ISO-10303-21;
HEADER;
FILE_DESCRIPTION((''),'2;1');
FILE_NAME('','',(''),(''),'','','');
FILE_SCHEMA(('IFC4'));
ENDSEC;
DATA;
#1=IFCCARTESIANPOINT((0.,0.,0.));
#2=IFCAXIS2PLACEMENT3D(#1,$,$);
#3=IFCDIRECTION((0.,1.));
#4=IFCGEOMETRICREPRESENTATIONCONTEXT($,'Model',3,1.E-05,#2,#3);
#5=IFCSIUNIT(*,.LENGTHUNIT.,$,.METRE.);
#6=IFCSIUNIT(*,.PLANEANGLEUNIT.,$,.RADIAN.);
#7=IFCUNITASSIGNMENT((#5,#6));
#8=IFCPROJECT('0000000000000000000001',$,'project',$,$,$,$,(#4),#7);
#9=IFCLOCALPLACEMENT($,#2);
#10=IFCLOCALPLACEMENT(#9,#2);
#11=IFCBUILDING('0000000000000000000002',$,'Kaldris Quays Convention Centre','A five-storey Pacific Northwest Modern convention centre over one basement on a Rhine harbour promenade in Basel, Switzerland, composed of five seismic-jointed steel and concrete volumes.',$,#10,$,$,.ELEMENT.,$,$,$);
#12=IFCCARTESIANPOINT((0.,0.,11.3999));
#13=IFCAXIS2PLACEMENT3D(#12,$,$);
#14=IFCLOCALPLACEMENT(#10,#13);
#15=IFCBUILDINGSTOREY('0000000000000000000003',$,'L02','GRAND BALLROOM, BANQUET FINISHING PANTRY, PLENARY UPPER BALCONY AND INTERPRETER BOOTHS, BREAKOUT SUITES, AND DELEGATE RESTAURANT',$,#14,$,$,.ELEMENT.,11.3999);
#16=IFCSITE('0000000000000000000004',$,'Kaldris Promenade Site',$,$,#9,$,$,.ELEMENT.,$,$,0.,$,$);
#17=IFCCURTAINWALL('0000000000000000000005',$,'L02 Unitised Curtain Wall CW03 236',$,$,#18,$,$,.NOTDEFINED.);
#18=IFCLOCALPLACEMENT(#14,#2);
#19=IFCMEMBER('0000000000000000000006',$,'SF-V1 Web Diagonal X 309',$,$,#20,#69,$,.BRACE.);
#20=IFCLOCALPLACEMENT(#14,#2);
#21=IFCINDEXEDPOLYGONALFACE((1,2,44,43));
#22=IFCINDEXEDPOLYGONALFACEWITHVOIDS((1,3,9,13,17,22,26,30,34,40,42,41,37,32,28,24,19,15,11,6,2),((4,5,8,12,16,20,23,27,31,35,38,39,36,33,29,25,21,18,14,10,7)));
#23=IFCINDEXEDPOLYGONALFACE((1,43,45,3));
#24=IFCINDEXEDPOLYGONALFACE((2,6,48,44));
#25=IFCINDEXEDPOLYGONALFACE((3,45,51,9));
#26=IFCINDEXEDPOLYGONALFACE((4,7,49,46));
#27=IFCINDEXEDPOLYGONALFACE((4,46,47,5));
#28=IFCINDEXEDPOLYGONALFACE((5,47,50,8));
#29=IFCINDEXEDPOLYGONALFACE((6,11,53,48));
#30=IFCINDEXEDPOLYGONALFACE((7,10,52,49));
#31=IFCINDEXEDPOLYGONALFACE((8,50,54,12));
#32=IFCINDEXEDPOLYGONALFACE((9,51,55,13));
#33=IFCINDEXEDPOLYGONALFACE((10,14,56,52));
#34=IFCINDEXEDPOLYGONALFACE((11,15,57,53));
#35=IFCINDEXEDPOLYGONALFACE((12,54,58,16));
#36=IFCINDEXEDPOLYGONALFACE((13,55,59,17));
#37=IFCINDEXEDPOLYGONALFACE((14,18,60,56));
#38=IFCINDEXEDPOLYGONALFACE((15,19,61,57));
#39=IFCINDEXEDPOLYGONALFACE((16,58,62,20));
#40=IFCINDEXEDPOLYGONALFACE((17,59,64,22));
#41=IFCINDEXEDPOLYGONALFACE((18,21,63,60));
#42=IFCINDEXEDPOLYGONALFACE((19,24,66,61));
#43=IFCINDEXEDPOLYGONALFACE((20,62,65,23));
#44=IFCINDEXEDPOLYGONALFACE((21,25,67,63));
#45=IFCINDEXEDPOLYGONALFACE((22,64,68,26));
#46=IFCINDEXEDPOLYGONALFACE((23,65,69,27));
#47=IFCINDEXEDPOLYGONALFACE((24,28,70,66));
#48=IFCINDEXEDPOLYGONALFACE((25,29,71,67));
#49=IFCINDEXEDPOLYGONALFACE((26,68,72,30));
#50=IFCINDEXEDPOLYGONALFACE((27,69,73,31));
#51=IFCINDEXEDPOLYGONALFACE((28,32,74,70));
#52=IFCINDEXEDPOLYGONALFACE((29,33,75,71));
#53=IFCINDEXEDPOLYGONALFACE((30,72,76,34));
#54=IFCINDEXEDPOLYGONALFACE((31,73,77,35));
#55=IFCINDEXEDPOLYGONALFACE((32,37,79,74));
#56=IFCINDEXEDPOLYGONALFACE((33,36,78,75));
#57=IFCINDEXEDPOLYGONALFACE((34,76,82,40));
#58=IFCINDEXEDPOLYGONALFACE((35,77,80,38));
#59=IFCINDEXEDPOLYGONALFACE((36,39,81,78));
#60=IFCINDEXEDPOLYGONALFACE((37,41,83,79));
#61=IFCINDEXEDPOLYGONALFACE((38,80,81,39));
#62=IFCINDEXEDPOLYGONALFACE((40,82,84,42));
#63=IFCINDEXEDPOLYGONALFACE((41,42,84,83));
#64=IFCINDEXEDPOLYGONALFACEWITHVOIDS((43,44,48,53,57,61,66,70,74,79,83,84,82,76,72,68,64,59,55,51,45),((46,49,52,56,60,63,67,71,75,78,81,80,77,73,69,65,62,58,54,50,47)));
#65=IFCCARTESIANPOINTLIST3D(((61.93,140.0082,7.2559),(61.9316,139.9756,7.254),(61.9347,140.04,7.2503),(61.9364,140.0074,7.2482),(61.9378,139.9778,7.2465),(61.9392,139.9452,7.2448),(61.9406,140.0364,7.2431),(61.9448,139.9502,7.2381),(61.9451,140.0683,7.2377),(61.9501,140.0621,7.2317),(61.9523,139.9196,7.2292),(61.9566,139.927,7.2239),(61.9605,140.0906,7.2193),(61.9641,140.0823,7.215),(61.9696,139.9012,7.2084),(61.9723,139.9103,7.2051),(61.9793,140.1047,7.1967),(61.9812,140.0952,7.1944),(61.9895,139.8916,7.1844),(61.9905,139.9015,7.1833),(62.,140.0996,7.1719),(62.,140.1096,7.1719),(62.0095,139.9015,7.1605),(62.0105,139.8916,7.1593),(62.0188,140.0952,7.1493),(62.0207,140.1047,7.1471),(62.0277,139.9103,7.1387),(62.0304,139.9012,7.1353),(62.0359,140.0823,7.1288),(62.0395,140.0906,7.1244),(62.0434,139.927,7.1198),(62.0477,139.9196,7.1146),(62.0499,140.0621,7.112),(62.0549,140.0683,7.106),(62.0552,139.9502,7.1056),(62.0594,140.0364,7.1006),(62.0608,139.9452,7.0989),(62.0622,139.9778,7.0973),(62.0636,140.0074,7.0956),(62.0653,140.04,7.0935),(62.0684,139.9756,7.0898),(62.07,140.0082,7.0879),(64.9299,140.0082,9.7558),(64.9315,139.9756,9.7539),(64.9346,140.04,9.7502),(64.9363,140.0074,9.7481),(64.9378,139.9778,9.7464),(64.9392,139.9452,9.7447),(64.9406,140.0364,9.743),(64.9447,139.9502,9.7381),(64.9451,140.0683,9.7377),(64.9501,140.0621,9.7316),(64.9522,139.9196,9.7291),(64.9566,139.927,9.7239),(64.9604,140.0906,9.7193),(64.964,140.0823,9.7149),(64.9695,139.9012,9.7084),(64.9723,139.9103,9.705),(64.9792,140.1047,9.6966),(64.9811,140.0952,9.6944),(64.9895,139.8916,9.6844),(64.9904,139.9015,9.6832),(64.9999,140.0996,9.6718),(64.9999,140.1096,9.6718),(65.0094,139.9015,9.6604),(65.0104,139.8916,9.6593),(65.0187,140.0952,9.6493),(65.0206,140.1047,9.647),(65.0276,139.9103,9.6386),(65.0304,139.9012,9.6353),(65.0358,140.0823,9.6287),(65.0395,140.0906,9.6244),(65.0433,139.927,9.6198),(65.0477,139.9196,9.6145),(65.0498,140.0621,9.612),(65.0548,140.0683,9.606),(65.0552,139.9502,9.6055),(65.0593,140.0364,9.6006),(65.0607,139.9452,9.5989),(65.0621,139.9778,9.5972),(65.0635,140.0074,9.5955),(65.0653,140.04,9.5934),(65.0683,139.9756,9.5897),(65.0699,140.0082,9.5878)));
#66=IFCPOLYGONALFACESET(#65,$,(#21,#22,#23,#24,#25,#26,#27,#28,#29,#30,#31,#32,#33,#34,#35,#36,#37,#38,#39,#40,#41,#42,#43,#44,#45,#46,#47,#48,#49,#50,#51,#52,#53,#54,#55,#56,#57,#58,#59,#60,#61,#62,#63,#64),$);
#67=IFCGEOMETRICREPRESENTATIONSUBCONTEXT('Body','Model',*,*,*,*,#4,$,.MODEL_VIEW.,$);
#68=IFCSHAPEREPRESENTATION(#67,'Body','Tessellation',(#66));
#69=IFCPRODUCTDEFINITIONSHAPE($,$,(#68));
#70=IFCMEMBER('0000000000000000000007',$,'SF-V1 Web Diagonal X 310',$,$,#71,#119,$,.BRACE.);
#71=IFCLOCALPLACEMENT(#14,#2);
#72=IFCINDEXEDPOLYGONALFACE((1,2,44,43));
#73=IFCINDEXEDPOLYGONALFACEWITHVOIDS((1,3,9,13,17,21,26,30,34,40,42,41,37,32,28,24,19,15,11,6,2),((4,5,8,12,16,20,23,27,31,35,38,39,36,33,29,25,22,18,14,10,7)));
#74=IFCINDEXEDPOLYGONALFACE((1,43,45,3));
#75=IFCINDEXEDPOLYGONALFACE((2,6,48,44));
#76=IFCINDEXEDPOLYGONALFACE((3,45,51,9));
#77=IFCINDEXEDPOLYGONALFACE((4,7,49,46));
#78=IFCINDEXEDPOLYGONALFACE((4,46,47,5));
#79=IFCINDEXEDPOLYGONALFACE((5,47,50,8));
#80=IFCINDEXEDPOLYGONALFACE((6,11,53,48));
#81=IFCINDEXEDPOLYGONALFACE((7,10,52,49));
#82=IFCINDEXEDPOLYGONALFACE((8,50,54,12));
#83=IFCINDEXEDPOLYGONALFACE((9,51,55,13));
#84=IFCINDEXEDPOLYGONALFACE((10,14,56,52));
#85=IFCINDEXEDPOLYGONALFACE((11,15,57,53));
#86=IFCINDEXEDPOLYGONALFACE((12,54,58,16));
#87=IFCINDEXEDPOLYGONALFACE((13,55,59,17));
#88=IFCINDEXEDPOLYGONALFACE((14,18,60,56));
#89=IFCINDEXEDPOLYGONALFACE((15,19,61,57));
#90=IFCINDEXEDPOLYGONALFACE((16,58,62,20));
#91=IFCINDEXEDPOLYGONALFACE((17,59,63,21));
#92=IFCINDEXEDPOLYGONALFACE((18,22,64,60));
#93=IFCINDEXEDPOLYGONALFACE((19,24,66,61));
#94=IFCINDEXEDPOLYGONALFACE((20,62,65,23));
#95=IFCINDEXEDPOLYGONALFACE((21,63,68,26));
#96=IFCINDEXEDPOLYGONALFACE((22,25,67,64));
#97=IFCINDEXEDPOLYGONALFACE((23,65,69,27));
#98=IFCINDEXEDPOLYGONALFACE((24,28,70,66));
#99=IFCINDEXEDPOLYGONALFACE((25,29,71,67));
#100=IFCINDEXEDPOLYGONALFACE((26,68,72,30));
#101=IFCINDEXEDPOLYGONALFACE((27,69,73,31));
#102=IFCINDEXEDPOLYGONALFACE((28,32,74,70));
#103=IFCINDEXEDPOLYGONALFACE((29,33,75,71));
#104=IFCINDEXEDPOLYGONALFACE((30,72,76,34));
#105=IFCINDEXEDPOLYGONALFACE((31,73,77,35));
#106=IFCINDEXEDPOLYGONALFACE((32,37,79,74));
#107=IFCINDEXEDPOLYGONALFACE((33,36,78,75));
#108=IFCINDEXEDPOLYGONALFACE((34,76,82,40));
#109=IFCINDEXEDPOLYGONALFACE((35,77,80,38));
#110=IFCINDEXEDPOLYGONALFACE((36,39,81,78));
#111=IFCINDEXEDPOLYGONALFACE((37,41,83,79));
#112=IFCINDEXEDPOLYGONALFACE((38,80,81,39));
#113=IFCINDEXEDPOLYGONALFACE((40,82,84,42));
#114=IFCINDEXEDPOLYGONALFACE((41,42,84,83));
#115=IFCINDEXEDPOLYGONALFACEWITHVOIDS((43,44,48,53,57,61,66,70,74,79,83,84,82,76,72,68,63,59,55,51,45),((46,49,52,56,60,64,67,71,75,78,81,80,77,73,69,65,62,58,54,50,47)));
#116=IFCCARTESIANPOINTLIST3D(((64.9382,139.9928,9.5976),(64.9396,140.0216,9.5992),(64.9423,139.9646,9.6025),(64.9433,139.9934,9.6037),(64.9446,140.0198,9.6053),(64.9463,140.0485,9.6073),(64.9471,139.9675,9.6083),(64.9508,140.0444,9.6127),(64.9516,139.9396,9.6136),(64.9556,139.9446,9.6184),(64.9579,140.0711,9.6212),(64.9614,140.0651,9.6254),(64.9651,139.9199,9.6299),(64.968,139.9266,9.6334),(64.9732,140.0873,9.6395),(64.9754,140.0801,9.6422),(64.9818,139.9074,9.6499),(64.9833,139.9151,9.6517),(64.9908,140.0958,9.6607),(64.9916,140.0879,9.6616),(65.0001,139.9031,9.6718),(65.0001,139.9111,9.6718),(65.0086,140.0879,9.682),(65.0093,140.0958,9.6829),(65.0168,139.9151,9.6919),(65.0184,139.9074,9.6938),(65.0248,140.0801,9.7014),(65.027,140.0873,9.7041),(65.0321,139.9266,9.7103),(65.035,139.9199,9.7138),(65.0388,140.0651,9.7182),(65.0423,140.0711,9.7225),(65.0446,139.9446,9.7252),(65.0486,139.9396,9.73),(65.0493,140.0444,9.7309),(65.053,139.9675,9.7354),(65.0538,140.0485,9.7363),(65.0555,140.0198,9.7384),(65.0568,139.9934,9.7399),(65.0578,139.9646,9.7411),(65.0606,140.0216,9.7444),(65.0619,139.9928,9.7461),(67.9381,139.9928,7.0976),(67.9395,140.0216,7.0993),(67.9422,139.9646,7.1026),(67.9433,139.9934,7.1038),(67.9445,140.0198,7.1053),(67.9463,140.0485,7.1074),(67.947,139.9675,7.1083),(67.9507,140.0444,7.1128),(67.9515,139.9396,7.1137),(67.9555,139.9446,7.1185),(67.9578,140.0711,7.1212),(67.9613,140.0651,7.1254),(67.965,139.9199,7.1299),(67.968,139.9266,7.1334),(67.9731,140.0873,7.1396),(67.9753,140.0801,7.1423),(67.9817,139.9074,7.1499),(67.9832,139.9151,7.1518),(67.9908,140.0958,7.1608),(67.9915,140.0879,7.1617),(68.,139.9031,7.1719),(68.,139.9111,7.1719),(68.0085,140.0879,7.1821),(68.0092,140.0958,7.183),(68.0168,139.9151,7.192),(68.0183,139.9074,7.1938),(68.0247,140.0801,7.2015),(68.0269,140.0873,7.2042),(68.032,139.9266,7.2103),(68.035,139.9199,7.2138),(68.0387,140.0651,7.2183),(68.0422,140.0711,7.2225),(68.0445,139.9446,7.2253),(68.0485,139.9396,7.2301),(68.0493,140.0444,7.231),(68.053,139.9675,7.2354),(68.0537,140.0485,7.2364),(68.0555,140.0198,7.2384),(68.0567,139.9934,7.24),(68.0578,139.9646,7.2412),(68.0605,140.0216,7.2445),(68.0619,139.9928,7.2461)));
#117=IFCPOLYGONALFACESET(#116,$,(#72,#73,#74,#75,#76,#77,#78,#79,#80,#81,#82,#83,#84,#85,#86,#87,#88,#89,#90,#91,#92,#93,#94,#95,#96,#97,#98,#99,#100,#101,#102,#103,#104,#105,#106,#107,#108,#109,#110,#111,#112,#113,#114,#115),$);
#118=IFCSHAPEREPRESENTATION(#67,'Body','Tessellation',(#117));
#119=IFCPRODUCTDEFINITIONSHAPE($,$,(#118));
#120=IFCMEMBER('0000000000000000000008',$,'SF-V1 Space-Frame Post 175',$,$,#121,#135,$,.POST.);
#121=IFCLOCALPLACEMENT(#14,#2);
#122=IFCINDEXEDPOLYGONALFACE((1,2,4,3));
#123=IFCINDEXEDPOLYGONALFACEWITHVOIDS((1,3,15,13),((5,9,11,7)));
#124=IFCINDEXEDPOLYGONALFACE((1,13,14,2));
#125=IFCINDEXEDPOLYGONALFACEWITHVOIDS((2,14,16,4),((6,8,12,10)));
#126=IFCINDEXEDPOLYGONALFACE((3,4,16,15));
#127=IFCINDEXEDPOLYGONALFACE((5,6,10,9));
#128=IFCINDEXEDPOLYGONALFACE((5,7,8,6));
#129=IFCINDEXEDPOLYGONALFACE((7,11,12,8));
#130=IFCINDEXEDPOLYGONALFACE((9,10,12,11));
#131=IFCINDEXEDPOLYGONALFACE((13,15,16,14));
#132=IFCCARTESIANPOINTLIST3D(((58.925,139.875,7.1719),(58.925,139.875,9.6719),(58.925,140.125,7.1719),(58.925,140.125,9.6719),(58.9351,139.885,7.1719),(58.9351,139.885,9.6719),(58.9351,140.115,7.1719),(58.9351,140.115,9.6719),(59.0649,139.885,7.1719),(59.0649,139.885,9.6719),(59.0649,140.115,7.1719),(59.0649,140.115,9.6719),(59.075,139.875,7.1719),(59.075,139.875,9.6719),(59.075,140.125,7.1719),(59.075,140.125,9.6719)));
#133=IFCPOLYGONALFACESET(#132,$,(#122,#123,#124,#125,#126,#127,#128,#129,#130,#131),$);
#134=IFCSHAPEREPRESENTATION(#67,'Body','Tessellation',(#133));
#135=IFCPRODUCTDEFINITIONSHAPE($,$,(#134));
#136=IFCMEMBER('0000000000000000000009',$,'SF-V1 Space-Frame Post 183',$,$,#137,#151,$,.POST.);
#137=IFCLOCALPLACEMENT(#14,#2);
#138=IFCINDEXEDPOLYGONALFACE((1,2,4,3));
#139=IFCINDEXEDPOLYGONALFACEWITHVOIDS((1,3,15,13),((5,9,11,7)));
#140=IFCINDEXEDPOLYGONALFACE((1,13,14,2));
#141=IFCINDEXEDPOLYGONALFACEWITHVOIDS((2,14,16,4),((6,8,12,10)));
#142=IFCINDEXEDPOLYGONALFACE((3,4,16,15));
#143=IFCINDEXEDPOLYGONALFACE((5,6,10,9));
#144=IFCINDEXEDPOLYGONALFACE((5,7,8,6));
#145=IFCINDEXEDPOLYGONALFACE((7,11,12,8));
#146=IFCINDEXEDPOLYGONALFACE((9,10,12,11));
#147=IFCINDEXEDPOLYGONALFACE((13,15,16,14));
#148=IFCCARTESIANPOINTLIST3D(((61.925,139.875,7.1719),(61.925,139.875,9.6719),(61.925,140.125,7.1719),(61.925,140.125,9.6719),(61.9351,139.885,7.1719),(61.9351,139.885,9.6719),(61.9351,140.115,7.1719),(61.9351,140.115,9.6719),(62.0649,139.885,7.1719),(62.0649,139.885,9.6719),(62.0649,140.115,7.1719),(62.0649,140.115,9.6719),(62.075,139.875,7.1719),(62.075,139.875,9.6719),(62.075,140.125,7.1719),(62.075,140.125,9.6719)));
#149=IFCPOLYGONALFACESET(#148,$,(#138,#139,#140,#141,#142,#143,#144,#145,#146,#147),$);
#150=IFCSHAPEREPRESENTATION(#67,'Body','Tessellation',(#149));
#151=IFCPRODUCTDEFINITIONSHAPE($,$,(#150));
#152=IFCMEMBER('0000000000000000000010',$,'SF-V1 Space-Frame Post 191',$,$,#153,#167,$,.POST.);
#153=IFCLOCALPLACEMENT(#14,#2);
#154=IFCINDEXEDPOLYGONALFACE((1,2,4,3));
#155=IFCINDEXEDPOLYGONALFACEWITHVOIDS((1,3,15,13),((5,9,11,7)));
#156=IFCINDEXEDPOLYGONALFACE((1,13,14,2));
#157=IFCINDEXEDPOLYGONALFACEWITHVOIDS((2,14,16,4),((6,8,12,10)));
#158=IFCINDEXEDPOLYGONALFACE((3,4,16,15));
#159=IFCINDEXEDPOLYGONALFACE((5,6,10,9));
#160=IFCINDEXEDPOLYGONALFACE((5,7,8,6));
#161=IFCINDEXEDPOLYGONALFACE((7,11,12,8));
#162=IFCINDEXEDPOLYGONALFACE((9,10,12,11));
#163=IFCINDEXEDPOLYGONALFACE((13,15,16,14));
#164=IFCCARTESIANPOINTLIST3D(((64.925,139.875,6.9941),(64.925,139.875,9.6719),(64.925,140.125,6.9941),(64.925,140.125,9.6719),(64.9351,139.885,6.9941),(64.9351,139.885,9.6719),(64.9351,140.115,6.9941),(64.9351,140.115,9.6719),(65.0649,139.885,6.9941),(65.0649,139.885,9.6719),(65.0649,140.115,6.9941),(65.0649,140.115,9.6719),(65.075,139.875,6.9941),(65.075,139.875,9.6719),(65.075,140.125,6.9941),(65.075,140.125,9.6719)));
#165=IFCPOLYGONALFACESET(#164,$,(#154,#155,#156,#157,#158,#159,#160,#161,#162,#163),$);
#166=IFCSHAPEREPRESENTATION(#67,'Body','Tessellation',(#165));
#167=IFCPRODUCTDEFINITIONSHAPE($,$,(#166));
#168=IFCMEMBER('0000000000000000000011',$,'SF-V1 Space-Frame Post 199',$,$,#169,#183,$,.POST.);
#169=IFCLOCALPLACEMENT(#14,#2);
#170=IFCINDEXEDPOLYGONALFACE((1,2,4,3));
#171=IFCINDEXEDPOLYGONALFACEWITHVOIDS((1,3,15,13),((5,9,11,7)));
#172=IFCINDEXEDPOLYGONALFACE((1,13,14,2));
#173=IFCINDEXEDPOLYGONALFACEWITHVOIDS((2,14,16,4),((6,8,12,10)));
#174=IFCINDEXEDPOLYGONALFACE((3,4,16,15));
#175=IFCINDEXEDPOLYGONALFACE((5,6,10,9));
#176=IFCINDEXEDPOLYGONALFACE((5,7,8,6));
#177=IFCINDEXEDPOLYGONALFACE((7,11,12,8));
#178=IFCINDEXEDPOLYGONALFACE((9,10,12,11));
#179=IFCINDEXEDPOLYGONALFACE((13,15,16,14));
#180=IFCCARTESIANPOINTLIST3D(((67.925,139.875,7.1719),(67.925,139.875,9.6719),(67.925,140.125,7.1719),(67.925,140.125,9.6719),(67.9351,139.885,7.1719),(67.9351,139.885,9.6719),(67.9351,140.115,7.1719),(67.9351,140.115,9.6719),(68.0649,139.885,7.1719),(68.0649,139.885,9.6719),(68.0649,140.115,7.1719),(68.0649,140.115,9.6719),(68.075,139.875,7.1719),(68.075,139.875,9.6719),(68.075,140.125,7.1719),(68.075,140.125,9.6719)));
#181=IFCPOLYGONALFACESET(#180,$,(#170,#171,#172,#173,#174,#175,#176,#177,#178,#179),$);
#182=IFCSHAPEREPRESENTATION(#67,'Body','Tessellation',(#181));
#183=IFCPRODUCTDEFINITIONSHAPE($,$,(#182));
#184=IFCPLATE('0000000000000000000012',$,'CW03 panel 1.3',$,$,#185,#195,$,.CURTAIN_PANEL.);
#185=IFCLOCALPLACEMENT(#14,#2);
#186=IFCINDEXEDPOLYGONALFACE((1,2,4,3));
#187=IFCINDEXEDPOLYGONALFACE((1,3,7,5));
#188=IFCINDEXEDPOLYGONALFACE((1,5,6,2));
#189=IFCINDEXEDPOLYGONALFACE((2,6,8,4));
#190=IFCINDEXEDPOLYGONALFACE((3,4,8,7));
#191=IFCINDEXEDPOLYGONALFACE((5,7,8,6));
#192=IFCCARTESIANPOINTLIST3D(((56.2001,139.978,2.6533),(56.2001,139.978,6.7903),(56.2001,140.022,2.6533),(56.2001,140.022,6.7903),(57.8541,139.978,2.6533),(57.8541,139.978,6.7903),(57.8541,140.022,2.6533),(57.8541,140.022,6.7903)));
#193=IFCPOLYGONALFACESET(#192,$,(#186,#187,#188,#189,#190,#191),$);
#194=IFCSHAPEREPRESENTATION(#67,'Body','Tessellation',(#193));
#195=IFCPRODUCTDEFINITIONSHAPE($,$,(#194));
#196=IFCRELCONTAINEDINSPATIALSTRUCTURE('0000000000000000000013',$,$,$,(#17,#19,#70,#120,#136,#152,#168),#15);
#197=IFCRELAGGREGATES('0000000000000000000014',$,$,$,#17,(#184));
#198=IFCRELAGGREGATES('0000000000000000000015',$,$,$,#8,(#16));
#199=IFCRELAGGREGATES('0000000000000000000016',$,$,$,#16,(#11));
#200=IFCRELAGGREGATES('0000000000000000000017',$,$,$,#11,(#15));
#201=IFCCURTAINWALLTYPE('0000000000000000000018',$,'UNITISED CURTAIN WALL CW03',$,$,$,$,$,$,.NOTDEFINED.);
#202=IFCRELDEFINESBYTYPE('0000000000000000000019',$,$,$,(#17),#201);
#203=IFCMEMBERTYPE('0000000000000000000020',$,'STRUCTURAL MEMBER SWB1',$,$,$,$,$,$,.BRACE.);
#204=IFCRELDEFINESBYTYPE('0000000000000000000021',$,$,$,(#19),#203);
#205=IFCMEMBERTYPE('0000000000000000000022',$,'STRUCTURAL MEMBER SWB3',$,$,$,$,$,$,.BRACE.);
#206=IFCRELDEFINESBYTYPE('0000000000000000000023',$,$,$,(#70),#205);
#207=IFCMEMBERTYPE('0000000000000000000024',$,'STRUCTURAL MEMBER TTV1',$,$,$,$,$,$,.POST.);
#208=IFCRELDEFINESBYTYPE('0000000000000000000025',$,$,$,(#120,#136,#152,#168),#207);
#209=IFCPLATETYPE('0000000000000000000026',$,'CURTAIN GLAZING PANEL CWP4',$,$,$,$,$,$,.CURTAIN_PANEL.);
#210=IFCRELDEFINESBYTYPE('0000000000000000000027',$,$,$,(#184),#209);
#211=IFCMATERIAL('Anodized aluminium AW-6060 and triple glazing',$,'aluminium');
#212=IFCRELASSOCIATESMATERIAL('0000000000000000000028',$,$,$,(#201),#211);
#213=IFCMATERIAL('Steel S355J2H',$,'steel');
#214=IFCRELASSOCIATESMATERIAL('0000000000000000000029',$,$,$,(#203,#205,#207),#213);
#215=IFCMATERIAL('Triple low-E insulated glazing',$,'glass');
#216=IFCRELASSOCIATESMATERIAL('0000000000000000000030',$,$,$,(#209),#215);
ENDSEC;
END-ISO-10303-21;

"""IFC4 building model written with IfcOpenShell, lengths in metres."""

from ifc_helpers import new_model, si_unit, direction, frame, origin, origin_2d, place, context, subcontext, project, spatial, rectangle, hollow_rectangle, hollow_circle, extrude, material, material_profile, profile_set, type_object, element, aggregate, save


model = new_model("IFC4")

# Units and contexts
model_context = context("Model", 3, precision=1e-05, world=origin(), true_north=direction((0.0, 1.0)))
body_context = subcontext(model_context, "Body", "Model", "MODEL_VIEW")
ifc_project = project(units=[si_unit("LENGTHUNIT", "METRE"), si_unit("PLANEANGLEUNIT", "RADIAN")], contexts=[model_context])

# Site, building, storey
site_placement = place(None, origin())
site = spatial("IfcSite", under=ifc_project, at=site_placement, Name="Kaldris Promenade Site", CompositionType="ELEMENT", RefElevation=0.0)
building_placement = place(site_placement, origin())
building = spatial("IfcBuilding", under=site, at=building_placement, Name="Kaldris Quays Convention Centre", Description="A five-storey Pacific Northwest Modern convention centre over one basement on a Rhine harbour promenade in Basel, Switzerland, composed of five seismic-jointed steel and concrete volumes.", CompositionType="ELEMENT")
storey_placement = place(building_placement, frame((0.0, 0.0, 11.3999)))
storey = spatial("IfcBuildingStorey", under=building, at=storey_placement, Name="L02", Description="GRAND BALLROOM, BANQUET FINISHING PANTRY, PLENARY UPPER BALCONY AND INTERPRETER BOOTHS, BREAKOUT SUITES, AND DELEGATE RESTAURANT", CompositionType="ELEMENT", Elevation=11.3999)

# Curtain wall
ifc_material_1 = material(Name="Anodized aluminium AW-6060 and triple glazing", Category="aluminium")
curtain_wall_type = type_object("IfcCurtainWallType", Name="UNITISED CURTAIN WALL CW03", PredefinedType="NOTDEFINED", material=ifc_material_1)
curtain_wall_1_placement = place(storey_placement, origin())
curtain_wall_1 = element("IfcCurtainWall", 1, at=curtain_wall_1_placement, inside=storey, type_object=curtain_wall_type, Name="L02 Unitised Curtain Wall CW03 236", PredefinedType="NOTDEFINED")

# Members
ifc_material_2 = material(Name="Steel S355J2H", Category="steel")
ifc_material_profile_1 = material_profile(ifc_material_2, hollow_circle(Radius=0.1096, WallThickness=0.01, at=origin_2d()), Name="CHS 219.1x10")
ifc_profile_set_1 = profile_set([ifc_material_profile_1], Name="Steel S355J2H")
member_type_1 = type_object("IfcMemberType", Name="STRUCTURAL MEMBER SWB1", PredefinedType="BRACE", material=ifc_profile_set_1)
for number, where, z_axis, x_axis, name in (
    (2, (62.0, 140.0, 7.1719), (0.768221, 0.0, 0.640184), (0.0, 1.0, 0.0), "SF-V1 Web Diagonal X 309"),
):
    element("IfcMember", number, at=place(storey_placement, frame(where, z_axis=z_axis, x_axis=x_axis)), inside=storey, type_object=member_type_1, Name=name, PredefinedType="BRACE", context=body_context, shape_type="SweptSolid", body=[
        extrude(hollow_circle(Radius=0.1096, WallThickness=0.01, at=origin_2d()), origin(), (0.0, 0.0, 1.0), 3.905),
    ])
ifc_material_profile_2 = material_profile(ifc_material_2, hollow_circle(Radius=0.0969, WallThickness=0.0081, at=origin_2d()), Name="CHS 193.7x8")
ifc_profile_set_2 = profile_set([ifc_material_profile_2], Name="Steel S355J2H")
member_type_2 = type_object("IfcMemberType", Name="STRUCTURAL MEMBER SWB3", PredefinedType="BRACE", material=ifc_profile_set_2)
member_1_placement = place(storey_placement, frame((68.0, 140.0, 7.1719), z_axis=(-0.768221, 0.0, 0.640184), x_axis=(0.0, -1.0, 0.0)))
element("IfcMember", 3, at=member_1_placement, inside=storey, type_object=member_type_2, Name="SF-V1 Web Diagonal X 310", PredefinedType="BRACE", context=body_context, shape_type="SweptSolid", body=[
    extrude(hollow_circle(Radius=0.0969, WallThickness=0.0081, at=origin_2d()), origin(), (0.0, 0.0, 1.0), 3.905),
])
ifc_material_profile_3 = material_profile(ifc_material_2, hollow_rectangle(XDim=0.1499, YDim=0.25, WallThickness=0.01, at=origin_2d()), Name="RHS 250x150x10")
ifc_profile_set_3 = profile_set([ifc_material_profile_3], Name="Steel S355J2H")
member_type_3 = type_object("IfcMemberType", Name="STRUCTURAL MEMBER TTV1", PredefinedType="POST", material=ifc_profile_set_3)
for number, where, z_axis, x_axis, name in (
    (4, (59.0, 140.0, 7.1719), (0.0, 0.0, 1.0), (1.0, 0.0, 0.0), "SF-V1 Space-Frame Post 175"),
    (5, (62.0, 140.0, 7.1719), (0.0, 0.0, 1.0), (1.0, 0.0, 0.0), "SF-V1 Space-Frame Post 183"),
):
    element("IfcMember", number, at=place(storey_placement, frame(where, z_axis=z_axis, x_axis=x_axis)), inside=storey, type_object=member_type_3, Name=name, PredefinedType="POST", context=body_context, shape_type="SweptSolid", body=[
        extrude(hollow_rectangle(XDim=0.1499, YDim=0.25, WallThickness=0.01, at=origin_2d()), origin(), (0.0, 0.0, 1.0), 2.5),
    ])
member_2_placement = place(storey_placement, frame((65.0, 140.0, 6.9941), z_axis=(0.0, 0.0, 1.0), x_axis=(1.0, 0.0, 0.0)))
element("IfcMember", 6, at=member_2_placement, inside=storey, type_object=member_type_3, Name="SF-V1 Space-Frame Post 191", PredefinedType="POST", context=body_context, shape_type="SweptSolid", body=[
    extrude(hollow_rectangle(XDim=0.1499, YDim=0.25, WallThickness=0.01, at=origin_2d()), origin(), (0.0, 0.0, 1.0), 2.6777),
])
member_3_placement = place(storey_placement, frame((68.0, 140.0, 7.1719), z_axis=(0.0, 0.0, 1.0), x_axis=(1.0, 0.0, 0.0)))
element("IfcMember", 7, at=member_3_placement, inside=storey, type_object=member_type_3, Name="SF-V1 Space-Frame Post 199", PredefinedType="POST", context=body_context, shape_type="SweptSolid", body=[
    extrude(hollow_rectangle(XDim=0.1499, YDim=0.25, WallThickness=0.01, at=origin_2d()), origin(), (0.0, 0.0, 1.0), 2.5),
])

# Plate
ifc_material_3 = material(Name="Triple low-E insulated glazing", Category="glass")
plate_type_1 = type_object("IfcPlateType", Name="CURTAIN GLAZING PANEL CWP4", PredefinedType="CURTAIN_PANEL", material=ifc_material_3)
plate_1_placement = place(storey_placement, frame((57.0271, 140.0, 2.6533), z_axis=(0.0, 0.0, 1.0), x_axis=(1.0, 0.0, 0.0)))
plate_1 = element("IfcPlate", 8, at=plate_1_placement, type_object=plate_type_1, Name="CW03 panel 1.3", PredefinedType="CURTAIN_PANEL", context=body_context, shape_type="SweptSolid", body=[
    extrude(rectangle(XDim=1.6541, YDim=0.0439, at=origin_2d()), origin(), (0.0, 0.0, 1.0), 4.137),
])
aggregate(curtain_wall_1, [plate_1])

save(model, "model.ifc")
